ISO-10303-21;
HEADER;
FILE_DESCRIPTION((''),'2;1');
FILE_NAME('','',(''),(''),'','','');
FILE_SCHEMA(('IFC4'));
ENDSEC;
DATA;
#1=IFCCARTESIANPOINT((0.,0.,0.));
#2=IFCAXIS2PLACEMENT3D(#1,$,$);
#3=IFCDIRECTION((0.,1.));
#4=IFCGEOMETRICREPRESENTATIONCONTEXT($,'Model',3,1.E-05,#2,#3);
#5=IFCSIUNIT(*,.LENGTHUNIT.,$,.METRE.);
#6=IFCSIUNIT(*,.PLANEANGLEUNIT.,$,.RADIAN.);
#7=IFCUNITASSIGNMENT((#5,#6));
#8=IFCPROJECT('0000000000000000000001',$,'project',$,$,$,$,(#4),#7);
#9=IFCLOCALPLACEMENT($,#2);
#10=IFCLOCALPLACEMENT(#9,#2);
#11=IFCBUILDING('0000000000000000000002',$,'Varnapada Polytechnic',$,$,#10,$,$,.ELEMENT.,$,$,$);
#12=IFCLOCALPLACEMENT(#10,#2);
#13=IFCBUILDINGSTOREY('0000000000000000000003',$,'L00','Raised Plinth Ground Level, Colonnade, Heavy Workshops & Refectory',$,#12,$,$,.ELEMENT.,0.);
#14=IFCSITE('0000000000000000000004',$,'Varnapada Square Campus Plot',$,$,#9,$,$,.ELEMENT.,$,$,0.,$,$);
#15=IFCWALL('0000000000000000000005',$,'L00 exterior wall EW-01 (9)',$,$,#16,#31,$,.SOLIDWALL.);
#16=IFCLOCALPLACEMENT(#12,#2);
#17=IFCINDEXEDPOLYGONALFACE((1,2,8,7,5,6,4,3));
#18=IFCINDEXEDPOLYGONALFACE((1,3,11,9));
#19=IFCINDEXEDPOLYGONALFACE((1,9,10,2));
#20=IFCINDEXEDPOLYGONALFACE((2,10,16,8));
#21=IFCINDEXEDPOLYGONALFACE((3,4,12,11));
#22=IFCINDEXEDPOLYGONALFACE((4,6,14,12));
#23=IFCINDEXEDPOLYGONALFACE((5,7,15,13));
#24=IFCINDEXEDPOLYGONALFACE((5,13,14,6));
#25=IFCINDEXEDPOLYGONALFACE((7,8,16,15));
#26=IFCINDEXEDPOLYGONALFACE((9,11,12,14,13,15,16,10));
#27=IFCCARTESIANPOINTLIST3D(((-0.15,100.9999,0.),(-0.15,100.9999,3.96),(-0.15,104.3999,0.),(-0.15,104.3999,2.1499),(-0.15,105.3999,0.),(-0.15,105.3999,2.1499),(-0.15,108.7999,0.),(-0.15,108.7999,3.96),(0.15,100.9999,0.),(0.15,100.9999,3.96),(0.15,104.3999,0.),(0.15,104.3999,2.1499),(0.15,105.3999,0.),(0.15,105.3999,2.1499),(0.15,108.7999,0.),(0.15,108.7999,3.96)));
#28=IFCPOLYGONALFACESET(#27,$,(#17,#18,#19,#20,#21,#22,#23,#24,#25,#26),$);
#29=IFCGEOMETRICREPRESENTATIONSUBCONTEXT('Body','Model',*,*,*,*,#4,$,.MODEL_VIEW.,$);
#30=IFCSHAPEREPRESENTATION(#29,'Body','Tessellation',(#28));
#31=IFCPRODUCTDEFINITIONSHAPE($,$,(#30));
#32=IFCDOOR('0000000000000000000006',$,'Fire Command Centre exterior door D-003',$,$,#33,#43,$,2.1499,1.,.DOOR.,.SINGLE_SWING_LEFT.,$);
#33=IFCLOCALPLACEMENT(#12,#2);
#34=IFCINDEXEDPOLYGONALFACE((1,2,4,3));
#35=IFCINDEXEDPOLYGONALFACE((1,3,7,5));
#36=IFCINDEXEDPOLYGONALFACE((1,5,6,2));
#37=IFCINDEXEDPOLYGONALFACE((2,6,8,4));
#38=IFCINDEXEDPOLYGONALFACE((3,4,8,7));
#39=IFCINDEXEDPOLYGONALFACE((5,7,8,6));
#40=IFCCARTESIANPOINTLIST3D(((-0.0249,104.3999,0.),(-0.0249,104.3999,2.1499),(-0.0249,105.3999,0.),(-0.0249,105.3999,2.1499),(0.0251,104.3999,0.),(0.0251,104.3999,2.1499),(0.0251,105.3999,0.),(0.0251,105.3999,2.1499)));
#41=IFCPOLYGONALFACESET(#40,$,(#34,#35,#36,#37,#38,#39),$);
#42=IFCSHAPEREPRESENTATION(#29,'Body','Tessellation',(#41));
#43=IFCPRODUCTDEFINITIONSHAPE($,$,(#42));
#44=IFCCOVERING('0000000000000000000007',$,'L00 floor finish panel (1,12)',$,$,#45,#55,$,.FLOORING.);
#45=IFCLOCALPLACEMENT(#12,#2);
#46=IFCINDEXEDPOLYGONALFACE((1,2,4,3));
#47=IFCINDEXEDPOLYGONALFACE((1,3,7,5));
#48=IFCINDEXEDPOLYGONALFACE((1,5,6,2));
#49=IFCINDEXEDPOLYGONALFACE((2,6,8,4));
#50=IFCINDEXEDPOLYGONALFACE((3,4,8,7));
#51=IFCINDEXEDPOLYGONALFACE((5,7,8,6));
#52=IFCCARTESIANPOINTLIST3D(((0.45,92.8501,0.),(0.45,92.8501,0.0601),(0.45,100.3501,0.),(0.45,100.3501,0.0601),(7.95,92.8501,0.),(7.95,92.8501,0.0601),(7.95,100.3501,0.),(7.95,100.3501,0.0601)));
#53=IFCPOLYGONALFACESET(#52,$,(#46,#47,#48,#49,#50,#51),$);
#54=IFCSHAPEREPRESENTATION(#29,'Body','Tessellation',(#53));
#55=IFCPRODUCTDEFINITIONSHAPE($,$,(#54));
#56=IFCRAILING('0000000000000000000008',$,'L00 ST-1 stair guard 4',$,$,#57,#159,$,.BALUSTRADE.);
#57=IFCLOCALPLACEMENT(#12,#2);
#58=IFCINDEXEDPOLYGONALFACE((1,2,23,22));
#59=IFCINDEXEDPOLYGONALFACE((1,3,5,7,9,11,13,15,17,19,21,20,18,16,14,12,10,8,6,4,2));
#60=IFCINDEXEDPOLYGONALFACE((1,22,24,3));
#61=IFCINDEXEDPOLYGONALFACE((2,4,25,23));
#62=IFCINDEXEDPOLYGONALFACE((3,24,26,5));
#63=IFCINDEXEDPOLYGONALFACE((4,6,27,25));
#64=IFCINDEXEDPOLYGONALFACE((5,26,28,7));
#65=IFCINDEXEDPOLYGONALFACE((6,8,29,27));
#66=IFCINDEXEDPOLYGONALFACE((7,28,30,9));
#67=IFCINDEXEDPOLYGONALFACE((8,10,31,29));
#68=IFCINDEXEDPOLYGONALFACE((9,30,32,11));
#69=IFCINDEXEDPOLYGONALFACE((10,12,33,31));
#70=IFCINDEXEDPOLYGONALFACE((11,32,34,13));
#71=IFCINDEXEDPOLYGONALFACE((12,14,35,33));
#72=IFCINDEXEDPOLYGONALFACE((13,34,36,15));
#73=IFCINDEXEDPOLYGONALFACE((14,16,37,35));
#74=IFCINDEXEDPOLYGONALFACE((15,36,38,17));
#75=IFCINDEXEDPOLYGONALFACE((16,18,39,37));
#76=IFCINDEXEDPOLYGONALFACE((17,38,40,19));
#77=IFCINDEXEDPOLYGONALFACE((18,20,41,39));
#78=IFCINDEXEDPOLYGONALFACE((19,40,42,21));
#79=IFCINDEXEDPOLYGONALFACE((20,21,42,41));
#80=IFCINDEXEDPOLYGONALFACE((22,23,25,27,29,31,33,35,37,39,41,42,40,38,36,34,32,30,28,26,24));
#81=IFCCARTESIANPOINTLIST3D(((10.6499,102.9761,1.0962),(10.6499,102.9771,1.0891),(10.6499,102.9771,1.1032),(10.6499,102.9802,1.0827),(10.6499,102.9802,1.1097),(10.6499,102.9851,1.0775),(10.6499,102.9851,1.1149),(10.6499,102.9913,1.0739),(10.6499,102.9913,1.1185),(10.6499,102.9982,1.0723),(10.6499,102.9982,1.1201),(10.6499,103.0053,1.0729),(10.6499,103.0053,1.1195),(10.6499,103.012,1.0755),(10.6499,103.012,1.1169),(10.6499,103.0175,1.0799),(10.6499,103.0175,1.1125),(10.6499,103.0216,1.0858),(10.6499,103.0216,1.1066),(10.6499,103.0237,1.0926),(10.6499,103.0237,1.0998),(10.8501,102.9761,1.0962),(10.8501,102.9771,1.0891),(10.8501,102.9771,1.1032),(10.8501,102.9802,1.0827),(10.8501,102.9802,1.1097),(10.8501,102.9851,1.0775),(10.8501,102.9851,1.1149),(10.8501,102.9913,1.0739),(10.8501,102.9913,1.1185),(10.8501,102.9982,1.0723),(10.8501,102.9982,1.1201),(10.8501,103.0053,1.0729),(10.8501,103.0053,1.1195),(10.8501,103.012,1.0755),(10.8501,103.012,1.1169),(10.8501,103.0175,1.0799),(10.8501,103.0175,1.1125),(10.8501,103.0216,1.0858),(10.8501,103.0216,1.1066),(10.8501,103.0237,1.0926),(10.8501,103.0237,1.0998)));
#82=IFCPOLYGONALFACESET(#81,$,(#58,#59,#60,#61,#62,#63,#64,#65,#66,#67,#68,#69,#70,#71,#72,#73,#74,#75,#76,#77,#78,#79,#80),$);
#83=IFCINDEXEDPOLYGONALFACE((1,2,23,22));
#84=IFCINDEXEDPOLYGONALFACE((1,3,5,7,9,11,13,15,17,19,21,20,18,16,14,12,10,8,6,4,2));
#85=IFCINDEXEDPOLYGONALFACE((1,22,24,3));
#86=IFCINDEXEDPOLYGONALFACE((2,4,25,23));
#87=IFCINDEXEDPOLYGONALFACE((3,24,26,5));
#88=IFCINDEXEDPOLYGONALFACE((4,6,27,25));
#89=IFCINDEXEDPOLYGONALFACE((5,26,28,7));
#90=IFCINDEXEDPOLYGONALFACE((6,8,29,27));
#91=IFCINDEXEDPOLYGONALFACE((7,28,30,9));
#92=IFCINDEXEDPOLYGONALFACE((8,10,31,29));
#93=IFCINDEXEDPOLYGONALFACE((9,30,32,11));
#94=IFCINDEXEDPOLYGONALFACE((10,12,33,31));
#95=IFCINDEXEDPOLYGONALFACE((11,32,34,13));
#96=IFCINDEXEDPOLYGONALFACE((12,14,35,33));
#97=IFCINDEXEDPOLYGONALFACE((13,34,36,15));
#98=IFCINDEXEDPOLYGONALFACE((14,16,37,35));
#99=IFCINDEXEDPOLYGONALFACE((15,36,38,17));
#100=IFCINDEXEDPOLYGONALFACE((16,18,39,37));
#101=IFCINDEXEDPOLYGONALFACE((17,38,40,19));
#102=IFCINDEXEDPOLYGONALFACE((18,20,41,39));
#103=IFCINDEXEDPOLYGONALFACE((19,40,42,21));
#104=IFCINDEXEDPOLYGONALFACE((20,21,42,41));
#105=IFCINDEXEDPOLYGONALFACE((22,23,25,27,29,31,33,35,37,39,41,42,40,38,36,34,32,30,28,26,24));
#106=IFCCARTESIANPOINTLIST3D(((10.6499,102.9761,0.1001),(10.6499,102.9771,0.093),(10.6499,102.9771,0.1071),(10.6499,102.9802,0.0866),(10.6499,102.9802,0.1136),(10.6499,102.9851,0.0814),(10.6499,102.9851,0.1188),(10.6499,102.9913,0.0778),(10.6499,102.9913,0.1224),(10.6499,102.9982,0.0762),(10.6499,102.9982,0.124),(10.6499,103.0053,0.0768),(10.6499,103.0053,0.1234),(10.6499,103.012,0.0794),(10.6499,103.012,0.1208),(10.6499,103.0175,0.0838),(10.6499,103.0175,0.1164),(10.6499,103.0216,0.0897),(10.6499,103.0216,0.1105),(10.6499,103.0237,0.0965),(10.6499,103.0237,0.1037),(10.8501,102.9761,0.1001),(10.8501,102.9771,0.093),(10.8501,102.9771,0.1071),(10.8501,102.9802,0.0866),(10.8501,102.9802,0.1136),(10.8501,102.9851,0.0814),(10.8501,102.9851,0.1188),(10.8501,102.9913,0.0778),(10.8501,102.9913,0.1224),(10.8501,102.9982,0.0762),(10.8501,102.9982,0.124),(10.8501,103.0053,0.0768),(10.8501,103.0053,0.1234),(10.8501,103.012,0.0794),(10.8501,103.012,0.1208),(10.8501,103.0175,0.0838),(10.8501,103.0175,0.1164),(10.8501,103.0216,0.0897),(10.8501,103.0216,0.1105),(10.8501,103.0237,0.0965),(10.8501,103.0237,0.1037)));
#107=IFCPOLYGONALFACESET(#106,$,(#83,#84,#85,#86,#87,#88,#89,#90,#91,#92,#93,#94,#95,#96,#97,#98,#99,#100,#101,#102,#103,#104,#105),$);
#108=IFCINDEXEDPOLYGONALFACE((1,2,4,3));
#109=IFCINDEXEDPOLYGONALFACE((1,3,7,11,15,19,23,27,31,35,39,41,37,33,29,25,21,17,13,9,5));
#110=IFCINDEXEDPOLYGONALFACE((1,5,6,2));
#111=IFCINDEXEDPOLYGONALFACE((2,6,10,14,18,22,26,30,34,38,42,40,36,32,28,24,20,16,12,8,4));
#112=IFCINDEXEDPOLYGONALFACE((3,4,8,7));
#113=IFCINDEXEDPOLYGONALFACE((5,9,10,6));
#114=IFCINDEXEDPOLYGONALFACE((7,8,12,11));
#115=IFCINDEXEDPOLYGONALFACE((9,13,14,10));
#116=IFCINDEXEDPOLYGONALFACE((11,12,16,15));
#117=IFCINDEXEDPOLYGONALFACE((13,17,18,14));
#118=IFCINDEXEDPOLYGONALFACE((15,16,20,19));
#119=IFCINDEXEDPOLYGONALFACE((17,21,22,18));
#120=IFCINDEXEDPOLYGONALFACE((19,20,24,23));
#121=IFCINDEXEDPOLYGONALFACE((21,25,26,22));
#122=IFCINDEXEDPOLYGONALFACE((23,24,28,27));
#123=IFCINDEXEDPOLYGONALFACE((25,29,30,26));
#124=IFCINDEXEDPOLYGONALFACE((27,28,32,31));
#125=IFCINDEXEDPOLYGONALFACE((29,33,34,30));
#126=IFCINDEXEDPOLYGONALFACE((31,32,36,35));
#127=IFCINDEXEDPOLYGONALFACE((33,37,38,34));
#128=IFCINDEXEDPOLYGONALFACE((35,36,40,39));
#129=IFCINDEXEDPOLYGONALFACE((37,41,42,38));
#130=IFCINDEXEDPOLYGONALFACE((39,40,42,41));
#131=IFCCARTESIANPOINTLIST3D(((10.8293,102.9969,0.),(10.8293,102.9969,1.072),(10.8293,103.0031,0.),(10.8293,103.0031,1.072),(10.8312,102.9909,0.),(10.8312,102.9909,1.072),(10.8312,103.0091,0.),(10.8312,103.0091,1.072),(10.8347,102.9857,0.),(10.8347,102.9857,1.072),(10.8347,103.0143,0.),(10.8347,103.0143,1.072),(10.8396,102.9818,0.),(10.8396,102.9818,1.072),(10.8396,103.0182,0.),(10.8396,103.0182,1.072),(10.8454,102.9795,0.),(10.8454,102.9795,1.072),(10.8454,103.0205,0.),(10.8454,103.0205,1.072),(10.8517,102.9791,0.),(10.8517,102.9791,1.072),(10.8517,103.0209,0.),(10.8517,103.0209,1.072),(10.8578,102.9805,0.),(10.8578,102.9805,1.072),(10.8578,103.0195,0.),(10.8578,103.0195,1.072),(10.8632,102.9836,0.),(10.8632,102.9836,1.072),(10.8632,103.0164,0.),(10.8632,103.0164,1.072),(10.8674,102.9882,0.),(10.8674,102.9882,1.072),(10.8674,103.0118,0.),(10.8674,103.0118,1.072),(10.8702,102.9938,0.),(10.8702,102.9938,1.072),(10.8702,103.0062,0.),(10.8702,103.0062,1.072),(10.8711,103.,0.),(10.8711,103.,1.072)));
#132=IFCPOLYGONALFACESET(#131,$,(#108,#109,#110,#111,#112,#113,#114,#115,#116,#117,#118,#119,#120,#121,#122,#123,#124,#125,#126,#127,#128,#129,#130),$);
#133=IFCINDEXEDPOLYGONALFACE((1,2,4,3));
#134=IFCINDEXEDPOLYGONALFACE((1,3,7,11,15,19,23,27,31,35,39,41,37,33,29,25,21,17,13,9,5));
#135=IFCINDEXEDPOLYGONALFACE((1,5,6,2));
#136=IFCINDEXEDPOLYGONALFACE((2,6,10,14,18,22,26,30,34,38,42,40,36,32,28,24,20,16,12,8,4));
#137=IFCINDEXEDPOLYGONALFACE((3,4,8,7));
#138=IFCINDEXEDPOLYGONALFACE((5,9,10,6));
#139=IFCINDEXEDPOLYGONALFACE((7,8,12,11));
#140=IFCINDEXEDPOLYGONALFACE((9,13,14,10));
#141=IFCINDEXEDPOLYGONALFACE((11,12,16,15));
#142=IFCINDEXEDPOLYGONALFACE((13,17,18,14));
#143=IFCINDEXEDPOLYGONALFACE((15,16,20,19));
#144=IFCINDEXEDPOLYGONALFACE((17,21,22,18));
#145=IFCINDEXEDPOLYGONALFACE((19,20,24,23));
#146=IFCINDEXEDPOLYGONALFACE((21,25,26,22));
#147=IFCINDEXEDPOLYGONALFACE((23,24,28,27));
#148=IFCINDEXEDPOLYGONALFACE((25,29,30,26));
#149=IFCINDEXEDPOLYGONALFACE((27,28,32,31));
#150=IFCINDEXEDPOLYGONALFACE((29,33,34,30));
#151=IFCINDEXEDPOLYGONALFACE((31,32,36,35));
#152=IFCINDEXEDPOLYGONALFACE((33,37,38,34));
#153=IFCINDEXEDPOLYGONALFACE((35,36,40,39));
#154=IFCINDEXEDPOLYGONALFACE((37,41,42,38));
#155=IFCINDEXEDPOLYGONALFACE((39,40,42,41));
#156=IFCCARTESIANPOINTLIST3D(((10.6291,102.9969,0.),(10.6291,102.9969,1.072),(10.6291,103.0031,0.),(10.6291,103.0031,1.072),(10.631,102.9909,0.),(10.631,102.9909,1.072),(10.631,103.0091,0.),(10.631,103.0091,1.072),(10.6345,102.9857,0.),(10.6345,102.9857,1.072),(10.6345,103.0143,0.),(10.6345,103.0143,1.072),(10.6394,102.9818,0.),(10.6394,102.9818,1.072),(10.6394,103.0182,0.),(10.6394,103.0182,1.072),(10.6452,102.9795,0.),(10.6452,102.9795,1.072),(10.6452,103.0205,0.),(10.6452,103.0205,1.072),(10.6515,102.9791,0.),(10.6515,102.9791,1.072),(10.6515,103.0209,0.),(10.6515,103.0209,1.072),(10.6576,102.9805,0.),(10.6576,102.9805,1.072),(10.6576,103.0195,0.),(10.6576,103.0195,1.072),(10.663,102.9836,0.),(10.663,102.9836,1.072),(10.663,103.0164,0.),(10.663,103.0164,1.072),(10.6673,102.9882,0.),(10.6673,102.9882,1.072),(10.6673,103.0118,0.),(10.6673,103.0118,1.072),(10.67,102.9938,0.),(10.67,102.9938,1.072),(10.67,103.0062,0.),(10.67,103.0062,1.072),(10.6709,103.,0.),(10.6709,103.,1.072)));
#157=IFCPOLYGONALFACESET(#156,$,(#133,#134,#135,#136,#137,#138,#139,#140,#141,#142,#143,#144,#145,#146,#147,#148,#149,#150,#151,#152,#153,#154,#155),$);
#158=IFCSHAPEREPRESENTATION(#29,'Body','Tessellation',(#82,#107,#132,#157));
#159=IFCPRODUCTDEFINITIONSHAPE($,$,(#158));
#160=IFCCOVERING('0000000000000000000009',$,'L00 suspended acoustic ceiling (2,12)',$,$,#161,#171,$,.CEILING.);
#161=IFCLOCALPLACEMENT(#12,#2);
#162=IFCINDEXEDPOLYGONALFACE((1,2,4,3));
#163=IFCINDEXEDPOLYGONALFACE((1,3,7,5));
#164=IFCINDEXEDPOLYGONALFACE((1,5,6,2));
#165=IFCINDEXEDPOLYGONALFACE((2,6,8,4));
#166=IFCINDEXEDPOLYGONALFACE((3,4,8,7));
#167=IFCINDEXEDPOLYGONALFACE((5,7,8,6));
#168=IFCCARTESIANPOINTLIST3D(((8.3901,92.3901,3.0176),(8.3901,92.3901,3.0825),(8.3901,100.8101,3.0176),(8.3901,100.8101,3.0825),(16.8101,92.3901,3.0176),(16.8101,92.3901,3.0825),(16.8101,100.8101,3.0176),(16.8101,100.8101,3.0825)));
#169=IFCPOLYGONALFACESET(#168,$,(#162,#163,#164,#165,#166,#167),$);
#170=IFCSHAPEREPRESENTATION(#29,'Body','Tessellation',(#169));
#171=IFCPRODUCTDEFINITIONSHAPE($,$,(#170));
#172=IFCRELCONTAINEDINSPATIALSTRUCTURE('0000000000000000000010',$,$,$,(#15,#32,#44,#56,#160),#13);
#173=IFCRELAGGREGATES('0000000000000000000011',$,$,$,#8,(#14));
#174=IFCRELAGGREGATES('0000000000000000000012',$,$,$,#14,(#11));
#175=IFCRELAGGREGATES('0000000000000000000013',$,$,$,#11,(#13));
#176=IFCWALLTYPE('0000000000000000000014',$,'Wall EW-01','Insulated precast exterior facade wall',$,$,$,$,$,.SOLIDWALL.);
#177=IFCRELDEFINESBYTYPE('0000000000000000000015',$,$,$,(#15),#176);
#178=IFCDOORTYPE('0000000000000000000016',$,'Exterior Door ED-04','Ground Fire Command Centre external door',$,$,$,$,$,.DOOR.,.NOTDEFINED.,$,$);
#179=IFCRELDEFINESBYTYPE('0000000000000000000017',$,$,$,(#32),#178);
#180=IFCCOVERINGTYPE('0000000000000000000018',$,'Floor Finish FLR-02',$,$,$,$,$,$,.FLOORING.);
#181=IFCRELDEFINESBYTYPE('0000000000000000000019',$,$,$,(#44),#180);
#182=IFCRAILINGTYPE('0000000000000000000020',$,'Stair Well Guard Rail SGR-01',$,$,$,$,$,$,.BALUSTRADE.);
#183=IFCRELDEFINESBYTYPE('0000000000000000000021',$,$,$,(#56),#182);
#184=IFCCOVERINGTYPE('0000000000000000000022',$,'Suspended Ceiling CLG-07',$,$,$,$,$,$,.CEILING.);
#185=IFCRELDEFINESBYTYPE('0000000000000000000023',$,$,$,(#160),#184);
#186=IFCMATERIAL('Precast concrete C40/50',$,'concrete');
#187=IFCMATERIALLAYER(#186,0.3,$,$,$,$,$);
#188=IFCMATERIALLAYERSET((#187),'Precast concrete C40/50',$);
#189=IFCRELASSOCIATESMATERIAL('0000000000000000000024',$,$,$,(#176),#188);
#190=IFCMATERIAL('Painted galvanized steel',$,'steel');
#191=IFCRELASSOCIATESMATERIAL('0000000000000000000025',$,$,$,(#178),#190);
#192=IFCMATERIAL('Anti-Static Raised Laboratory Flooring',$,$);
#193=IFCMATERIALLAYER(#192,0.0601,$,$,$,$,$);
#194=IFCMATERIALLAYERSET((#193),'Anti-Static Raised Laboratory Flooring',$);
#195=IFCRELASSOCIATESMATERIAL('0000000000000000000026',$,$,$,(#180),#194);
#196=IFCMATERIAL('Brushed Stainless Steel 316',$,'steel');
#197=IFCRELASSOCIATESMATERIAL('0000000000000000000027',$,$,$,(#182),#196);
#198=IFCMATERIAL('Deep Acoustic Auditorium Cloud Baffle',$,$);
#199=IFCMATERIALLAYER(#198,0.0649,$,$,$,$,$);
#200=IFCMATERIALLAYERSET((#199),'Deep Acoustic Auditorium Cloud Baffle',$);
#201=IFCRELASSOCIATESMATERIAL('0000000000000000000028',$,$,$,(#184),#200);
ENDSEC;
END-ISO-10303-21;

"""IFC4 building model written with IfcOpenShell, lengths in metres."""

from ifc_helpers import new_model, si_unit, direction, frame, frame_2d, origin, origin_2d, place, context, subcontext, project, spatial, rectangle, circle, extrude, material, layer, layer_set, type_object, element, fill, save


model = new_model("IFC4")

# Units and contexts
model_context = context("Model", 3, precision=1e-05, world=origin(), true_north=direction((0.0, 1.0)))
body_context = subcontext(model_context, "Body", "Model", "MODEL_VIEW")
ifc_project = project(units=[si_unit("LENGTHUNIT", "METRE"), si_unit("PLANEANGLEUNIT", "RADIAN")], contexts=[model_context])

# Site, building, storey
site_placement = place(None, origin())
site = spatial("IfcSite", under=ifc_project, at=site_placement, Name="Varnapada Square Campus Plot", CompositionType="ELEMENT", RefElevation=0.0)
building_placement = place(site_placement, origin())
building = spatial("IfcBuilding", under=site, at=building_placement, Name="Varnapada Polytechnic", CompositionType="ELEMENT")
storey_placement = place(building_placement, origin())
storey = spatial("IfcBuildingStorey", under=building, at=storey_placement, Name="L00", Description="Raised Plinth Ground Level, Colonnade, Heavy Workshops & Refectory", CompositionType="ELEMENT", Elevation=0.0)

# Wall, opening, door
ifc_material_1 = material(Name="Precast concrete C40/50", Category="concrete")
ifc_layer_1 = layer(ifc_material_1, 0.3)
ifc_layer_set_1 = layer_set([ifc_layer_1], Name="Precast concrete C40/50")
wall_type_1 = type_object("IfcWallType", Name="Wall EW-01", Description="Insulated precast exterior facade wall", PredefinedType="SOLIDWALL", material=ifc_layer_set_1)
ifc_material_2 = material(Name="Painted galvanized steel", Category="steel")
wall_1_placement = place(storey_placement, frame((0.0, 101.0, 0.0), z_axis=(0.0, 0.0, 1.0), x_axis=(0.0, 1.0, 0.0)))
wall_1 = element("IfcWall", 1, at=wall_1_placement, inside=storey, type_object=wall_type_1, Name="L00 exterior wall EW-01 (9)", PredefinedType="SOLIDWALL", context=body_context, shape_type="SweptSolid", body=[
    extrude(rectangle(XDim=7.8, YDim=0.3, at=frame_2d((3.8999, 0.0))), origin(), (0.0, 0.0, 1.0), 3.96),
])
opening_1_placement = place(wall_1_placement, frame((3.3999, 0.0, 0.0)))
opening_1 = element("IfcOpeningElement", 2, at=opening_1_placement, cuts=wall_1, PredefinedType="OPENING", context=body_context, shape_type="SweptSolid", body=[
    extrude(rectangle(XDim=1.0, YDim=2.1499, at=frame_2d((0.5, 1.075))), frame((0.0, 0.1599, 0.0), z_axis=(0.0, -1.0, 0.0), x_axis=(1.0, 0.0, 0.0)), (0.0, 0.0, 1.0), 0.3201),
])
door_type_1 = type_object("IfcDoorType", Name="Exterior Door ED-04", Description="Ground Fire Command Centre external door", OperationType="NOTDEFINED", PredefinedType="DOOR", material=ifc_material_2)
door_1_placement = place(opening_1_placement, origin())
door_1 = element("IfcDoor", 3, at=door_1_placement, inside=storey, type_object=door_type_1, Name="Fire Command Centre exterior door D-003", OperationType="SINGLE_SWING_LEFT", OverallHeight=2.1499, OverallWidth=1.0, PredefinedType="DOOR", context=body_context, shape_type="SweptSolid", body=[
    extrude(rectangle(XDim=1.0, YDim=2.1499, at=frame_2d((0.5, 1.075))), frame((0.0, 0.0249, 0.0), z_axis=(0.0, -1.0, 0.0), x_axis=(1.0, 0.0, 0.0)), (0.0, 0.0, 1.0), 0.05),
])
fill(opening_1, door_1)

# Covering
ifc_material_3 = material(Name="Anti-Static Raised Laboratory Flooring")
ifc_layer_2 = layer(ifc_material_3, 0.0601)
ifc_layer_set_2 = layer_set([ifc_layer_2], Name="Anti-Static Raised Laboratory Flooring")
covering_type_1 = type_object("IfcCoveringType", Name="Floor Finish FLR-02", PredefinedType="FLOORING", material=ifc_layer_set_2)
covering_1_placement = place(storey_placement, frame((4.2, 96.6001, 0.0), z_axis=(0.0, 0.0, 1.0), x_axis=(1.0, 0.0, 0.0)))
element("IfcCovering", 4, at=covering_1_placement, inside=storey, type_object=covering_type_1, Name="L00 floor finish panel (1,12)", PredefinedType="FLOORING", context=body_context, shape_type="SweptSolid", body=[
    extrude(rectangle(XDim=7.5, YDim=7.5, at=origin_2d()), origin(), (0.0, 0.0, 1.0), 0.0601),
])

# Railing
ifc_material_4 = material(Name="Brushed Stainless Steel 316", Category="steel")
railing_type = type_object("IfcRailingType", Name="Stair Well Guard Rail SGR-01", PredefinedType="BALUSTRADE", material=ifc_material_4)
railing_1_placement = place(storey_placement, frame((10.8501, 103.0, 0.0)))
element("IfcRailing", 5, at=railing_1_placement, inside=storey, type_object=railing_type, Name="L00 ST-1 stair guard 4", PredefinedType="BALUSTRADE", context=body_context, shape_type="SweptSolid", body=[
    extrude(circle(Radius=0.0239, at=origin_2d()), frame((0.0, 0.0, 1.0962), z_axis=(-1.0, 0.0, 0.0), x_axis=(0.0, -1.0, 0.0)), (0.0, 0.0, 1.0), 0.2002),
    extrude(circle(Radius=0.0239, at=origin_2d()), frame((0.0, 0.0, 0.1001), z_axis=(-1.0, 0.0, 0.0), x_axis=(0.0, -1.0, 0.0)), (0.0, 0.0, 1.0), 0.2002),
    extrude(circle(Radius=0.021, at=origin_2d()), origin(), (0.0, 0.0, 1.0), 1.072),
    extrude(circle(Radius=0.021, at=origin_2d()), frame((-0.2002, 0.0, 0.0)), (0.0, 0.0, 1.0), 1.072),
])

# Covering
ifc_material_5 = material(Name="Deep Acoustic Auditorium Cloud Baffle")
ifc_layer_3 = layer(ifc_material_5, 0.0649)
ifc_layer_set_3 = layer_set([ifc_layer_3], Name="Deep Acoustic Auditorium Cloud Baffle")
covering_type_2 = type_object("IfcCoveringType", Name="Suspended Ceiling CLG-07", PredefinedType="CEILING", material=ifc_layer_set_3)
covering_2_placement = place(storey_placement, frame((12.6001, 96.6001, 3.0176), z_axis=(0.0, 0.0, 1.0), x_axis=(1.0, 0.0, 0.0)))
element("IfcCovering", 6, at=covering_2_placement, inside=storey, type_object=covering_type_2, Name="L00 suspended acoustic ceiling (2,12)", PredefinedType="CEILING", context=body_context, shape_type="SweptSolid", body=[
    extrude(rectangle(XDim=8.4199, YDim=8.4199, at=origin_2d()), origin(), (0.0, 0.0, 1.0), 0.0649),
])

save(model, "model.ifc")
